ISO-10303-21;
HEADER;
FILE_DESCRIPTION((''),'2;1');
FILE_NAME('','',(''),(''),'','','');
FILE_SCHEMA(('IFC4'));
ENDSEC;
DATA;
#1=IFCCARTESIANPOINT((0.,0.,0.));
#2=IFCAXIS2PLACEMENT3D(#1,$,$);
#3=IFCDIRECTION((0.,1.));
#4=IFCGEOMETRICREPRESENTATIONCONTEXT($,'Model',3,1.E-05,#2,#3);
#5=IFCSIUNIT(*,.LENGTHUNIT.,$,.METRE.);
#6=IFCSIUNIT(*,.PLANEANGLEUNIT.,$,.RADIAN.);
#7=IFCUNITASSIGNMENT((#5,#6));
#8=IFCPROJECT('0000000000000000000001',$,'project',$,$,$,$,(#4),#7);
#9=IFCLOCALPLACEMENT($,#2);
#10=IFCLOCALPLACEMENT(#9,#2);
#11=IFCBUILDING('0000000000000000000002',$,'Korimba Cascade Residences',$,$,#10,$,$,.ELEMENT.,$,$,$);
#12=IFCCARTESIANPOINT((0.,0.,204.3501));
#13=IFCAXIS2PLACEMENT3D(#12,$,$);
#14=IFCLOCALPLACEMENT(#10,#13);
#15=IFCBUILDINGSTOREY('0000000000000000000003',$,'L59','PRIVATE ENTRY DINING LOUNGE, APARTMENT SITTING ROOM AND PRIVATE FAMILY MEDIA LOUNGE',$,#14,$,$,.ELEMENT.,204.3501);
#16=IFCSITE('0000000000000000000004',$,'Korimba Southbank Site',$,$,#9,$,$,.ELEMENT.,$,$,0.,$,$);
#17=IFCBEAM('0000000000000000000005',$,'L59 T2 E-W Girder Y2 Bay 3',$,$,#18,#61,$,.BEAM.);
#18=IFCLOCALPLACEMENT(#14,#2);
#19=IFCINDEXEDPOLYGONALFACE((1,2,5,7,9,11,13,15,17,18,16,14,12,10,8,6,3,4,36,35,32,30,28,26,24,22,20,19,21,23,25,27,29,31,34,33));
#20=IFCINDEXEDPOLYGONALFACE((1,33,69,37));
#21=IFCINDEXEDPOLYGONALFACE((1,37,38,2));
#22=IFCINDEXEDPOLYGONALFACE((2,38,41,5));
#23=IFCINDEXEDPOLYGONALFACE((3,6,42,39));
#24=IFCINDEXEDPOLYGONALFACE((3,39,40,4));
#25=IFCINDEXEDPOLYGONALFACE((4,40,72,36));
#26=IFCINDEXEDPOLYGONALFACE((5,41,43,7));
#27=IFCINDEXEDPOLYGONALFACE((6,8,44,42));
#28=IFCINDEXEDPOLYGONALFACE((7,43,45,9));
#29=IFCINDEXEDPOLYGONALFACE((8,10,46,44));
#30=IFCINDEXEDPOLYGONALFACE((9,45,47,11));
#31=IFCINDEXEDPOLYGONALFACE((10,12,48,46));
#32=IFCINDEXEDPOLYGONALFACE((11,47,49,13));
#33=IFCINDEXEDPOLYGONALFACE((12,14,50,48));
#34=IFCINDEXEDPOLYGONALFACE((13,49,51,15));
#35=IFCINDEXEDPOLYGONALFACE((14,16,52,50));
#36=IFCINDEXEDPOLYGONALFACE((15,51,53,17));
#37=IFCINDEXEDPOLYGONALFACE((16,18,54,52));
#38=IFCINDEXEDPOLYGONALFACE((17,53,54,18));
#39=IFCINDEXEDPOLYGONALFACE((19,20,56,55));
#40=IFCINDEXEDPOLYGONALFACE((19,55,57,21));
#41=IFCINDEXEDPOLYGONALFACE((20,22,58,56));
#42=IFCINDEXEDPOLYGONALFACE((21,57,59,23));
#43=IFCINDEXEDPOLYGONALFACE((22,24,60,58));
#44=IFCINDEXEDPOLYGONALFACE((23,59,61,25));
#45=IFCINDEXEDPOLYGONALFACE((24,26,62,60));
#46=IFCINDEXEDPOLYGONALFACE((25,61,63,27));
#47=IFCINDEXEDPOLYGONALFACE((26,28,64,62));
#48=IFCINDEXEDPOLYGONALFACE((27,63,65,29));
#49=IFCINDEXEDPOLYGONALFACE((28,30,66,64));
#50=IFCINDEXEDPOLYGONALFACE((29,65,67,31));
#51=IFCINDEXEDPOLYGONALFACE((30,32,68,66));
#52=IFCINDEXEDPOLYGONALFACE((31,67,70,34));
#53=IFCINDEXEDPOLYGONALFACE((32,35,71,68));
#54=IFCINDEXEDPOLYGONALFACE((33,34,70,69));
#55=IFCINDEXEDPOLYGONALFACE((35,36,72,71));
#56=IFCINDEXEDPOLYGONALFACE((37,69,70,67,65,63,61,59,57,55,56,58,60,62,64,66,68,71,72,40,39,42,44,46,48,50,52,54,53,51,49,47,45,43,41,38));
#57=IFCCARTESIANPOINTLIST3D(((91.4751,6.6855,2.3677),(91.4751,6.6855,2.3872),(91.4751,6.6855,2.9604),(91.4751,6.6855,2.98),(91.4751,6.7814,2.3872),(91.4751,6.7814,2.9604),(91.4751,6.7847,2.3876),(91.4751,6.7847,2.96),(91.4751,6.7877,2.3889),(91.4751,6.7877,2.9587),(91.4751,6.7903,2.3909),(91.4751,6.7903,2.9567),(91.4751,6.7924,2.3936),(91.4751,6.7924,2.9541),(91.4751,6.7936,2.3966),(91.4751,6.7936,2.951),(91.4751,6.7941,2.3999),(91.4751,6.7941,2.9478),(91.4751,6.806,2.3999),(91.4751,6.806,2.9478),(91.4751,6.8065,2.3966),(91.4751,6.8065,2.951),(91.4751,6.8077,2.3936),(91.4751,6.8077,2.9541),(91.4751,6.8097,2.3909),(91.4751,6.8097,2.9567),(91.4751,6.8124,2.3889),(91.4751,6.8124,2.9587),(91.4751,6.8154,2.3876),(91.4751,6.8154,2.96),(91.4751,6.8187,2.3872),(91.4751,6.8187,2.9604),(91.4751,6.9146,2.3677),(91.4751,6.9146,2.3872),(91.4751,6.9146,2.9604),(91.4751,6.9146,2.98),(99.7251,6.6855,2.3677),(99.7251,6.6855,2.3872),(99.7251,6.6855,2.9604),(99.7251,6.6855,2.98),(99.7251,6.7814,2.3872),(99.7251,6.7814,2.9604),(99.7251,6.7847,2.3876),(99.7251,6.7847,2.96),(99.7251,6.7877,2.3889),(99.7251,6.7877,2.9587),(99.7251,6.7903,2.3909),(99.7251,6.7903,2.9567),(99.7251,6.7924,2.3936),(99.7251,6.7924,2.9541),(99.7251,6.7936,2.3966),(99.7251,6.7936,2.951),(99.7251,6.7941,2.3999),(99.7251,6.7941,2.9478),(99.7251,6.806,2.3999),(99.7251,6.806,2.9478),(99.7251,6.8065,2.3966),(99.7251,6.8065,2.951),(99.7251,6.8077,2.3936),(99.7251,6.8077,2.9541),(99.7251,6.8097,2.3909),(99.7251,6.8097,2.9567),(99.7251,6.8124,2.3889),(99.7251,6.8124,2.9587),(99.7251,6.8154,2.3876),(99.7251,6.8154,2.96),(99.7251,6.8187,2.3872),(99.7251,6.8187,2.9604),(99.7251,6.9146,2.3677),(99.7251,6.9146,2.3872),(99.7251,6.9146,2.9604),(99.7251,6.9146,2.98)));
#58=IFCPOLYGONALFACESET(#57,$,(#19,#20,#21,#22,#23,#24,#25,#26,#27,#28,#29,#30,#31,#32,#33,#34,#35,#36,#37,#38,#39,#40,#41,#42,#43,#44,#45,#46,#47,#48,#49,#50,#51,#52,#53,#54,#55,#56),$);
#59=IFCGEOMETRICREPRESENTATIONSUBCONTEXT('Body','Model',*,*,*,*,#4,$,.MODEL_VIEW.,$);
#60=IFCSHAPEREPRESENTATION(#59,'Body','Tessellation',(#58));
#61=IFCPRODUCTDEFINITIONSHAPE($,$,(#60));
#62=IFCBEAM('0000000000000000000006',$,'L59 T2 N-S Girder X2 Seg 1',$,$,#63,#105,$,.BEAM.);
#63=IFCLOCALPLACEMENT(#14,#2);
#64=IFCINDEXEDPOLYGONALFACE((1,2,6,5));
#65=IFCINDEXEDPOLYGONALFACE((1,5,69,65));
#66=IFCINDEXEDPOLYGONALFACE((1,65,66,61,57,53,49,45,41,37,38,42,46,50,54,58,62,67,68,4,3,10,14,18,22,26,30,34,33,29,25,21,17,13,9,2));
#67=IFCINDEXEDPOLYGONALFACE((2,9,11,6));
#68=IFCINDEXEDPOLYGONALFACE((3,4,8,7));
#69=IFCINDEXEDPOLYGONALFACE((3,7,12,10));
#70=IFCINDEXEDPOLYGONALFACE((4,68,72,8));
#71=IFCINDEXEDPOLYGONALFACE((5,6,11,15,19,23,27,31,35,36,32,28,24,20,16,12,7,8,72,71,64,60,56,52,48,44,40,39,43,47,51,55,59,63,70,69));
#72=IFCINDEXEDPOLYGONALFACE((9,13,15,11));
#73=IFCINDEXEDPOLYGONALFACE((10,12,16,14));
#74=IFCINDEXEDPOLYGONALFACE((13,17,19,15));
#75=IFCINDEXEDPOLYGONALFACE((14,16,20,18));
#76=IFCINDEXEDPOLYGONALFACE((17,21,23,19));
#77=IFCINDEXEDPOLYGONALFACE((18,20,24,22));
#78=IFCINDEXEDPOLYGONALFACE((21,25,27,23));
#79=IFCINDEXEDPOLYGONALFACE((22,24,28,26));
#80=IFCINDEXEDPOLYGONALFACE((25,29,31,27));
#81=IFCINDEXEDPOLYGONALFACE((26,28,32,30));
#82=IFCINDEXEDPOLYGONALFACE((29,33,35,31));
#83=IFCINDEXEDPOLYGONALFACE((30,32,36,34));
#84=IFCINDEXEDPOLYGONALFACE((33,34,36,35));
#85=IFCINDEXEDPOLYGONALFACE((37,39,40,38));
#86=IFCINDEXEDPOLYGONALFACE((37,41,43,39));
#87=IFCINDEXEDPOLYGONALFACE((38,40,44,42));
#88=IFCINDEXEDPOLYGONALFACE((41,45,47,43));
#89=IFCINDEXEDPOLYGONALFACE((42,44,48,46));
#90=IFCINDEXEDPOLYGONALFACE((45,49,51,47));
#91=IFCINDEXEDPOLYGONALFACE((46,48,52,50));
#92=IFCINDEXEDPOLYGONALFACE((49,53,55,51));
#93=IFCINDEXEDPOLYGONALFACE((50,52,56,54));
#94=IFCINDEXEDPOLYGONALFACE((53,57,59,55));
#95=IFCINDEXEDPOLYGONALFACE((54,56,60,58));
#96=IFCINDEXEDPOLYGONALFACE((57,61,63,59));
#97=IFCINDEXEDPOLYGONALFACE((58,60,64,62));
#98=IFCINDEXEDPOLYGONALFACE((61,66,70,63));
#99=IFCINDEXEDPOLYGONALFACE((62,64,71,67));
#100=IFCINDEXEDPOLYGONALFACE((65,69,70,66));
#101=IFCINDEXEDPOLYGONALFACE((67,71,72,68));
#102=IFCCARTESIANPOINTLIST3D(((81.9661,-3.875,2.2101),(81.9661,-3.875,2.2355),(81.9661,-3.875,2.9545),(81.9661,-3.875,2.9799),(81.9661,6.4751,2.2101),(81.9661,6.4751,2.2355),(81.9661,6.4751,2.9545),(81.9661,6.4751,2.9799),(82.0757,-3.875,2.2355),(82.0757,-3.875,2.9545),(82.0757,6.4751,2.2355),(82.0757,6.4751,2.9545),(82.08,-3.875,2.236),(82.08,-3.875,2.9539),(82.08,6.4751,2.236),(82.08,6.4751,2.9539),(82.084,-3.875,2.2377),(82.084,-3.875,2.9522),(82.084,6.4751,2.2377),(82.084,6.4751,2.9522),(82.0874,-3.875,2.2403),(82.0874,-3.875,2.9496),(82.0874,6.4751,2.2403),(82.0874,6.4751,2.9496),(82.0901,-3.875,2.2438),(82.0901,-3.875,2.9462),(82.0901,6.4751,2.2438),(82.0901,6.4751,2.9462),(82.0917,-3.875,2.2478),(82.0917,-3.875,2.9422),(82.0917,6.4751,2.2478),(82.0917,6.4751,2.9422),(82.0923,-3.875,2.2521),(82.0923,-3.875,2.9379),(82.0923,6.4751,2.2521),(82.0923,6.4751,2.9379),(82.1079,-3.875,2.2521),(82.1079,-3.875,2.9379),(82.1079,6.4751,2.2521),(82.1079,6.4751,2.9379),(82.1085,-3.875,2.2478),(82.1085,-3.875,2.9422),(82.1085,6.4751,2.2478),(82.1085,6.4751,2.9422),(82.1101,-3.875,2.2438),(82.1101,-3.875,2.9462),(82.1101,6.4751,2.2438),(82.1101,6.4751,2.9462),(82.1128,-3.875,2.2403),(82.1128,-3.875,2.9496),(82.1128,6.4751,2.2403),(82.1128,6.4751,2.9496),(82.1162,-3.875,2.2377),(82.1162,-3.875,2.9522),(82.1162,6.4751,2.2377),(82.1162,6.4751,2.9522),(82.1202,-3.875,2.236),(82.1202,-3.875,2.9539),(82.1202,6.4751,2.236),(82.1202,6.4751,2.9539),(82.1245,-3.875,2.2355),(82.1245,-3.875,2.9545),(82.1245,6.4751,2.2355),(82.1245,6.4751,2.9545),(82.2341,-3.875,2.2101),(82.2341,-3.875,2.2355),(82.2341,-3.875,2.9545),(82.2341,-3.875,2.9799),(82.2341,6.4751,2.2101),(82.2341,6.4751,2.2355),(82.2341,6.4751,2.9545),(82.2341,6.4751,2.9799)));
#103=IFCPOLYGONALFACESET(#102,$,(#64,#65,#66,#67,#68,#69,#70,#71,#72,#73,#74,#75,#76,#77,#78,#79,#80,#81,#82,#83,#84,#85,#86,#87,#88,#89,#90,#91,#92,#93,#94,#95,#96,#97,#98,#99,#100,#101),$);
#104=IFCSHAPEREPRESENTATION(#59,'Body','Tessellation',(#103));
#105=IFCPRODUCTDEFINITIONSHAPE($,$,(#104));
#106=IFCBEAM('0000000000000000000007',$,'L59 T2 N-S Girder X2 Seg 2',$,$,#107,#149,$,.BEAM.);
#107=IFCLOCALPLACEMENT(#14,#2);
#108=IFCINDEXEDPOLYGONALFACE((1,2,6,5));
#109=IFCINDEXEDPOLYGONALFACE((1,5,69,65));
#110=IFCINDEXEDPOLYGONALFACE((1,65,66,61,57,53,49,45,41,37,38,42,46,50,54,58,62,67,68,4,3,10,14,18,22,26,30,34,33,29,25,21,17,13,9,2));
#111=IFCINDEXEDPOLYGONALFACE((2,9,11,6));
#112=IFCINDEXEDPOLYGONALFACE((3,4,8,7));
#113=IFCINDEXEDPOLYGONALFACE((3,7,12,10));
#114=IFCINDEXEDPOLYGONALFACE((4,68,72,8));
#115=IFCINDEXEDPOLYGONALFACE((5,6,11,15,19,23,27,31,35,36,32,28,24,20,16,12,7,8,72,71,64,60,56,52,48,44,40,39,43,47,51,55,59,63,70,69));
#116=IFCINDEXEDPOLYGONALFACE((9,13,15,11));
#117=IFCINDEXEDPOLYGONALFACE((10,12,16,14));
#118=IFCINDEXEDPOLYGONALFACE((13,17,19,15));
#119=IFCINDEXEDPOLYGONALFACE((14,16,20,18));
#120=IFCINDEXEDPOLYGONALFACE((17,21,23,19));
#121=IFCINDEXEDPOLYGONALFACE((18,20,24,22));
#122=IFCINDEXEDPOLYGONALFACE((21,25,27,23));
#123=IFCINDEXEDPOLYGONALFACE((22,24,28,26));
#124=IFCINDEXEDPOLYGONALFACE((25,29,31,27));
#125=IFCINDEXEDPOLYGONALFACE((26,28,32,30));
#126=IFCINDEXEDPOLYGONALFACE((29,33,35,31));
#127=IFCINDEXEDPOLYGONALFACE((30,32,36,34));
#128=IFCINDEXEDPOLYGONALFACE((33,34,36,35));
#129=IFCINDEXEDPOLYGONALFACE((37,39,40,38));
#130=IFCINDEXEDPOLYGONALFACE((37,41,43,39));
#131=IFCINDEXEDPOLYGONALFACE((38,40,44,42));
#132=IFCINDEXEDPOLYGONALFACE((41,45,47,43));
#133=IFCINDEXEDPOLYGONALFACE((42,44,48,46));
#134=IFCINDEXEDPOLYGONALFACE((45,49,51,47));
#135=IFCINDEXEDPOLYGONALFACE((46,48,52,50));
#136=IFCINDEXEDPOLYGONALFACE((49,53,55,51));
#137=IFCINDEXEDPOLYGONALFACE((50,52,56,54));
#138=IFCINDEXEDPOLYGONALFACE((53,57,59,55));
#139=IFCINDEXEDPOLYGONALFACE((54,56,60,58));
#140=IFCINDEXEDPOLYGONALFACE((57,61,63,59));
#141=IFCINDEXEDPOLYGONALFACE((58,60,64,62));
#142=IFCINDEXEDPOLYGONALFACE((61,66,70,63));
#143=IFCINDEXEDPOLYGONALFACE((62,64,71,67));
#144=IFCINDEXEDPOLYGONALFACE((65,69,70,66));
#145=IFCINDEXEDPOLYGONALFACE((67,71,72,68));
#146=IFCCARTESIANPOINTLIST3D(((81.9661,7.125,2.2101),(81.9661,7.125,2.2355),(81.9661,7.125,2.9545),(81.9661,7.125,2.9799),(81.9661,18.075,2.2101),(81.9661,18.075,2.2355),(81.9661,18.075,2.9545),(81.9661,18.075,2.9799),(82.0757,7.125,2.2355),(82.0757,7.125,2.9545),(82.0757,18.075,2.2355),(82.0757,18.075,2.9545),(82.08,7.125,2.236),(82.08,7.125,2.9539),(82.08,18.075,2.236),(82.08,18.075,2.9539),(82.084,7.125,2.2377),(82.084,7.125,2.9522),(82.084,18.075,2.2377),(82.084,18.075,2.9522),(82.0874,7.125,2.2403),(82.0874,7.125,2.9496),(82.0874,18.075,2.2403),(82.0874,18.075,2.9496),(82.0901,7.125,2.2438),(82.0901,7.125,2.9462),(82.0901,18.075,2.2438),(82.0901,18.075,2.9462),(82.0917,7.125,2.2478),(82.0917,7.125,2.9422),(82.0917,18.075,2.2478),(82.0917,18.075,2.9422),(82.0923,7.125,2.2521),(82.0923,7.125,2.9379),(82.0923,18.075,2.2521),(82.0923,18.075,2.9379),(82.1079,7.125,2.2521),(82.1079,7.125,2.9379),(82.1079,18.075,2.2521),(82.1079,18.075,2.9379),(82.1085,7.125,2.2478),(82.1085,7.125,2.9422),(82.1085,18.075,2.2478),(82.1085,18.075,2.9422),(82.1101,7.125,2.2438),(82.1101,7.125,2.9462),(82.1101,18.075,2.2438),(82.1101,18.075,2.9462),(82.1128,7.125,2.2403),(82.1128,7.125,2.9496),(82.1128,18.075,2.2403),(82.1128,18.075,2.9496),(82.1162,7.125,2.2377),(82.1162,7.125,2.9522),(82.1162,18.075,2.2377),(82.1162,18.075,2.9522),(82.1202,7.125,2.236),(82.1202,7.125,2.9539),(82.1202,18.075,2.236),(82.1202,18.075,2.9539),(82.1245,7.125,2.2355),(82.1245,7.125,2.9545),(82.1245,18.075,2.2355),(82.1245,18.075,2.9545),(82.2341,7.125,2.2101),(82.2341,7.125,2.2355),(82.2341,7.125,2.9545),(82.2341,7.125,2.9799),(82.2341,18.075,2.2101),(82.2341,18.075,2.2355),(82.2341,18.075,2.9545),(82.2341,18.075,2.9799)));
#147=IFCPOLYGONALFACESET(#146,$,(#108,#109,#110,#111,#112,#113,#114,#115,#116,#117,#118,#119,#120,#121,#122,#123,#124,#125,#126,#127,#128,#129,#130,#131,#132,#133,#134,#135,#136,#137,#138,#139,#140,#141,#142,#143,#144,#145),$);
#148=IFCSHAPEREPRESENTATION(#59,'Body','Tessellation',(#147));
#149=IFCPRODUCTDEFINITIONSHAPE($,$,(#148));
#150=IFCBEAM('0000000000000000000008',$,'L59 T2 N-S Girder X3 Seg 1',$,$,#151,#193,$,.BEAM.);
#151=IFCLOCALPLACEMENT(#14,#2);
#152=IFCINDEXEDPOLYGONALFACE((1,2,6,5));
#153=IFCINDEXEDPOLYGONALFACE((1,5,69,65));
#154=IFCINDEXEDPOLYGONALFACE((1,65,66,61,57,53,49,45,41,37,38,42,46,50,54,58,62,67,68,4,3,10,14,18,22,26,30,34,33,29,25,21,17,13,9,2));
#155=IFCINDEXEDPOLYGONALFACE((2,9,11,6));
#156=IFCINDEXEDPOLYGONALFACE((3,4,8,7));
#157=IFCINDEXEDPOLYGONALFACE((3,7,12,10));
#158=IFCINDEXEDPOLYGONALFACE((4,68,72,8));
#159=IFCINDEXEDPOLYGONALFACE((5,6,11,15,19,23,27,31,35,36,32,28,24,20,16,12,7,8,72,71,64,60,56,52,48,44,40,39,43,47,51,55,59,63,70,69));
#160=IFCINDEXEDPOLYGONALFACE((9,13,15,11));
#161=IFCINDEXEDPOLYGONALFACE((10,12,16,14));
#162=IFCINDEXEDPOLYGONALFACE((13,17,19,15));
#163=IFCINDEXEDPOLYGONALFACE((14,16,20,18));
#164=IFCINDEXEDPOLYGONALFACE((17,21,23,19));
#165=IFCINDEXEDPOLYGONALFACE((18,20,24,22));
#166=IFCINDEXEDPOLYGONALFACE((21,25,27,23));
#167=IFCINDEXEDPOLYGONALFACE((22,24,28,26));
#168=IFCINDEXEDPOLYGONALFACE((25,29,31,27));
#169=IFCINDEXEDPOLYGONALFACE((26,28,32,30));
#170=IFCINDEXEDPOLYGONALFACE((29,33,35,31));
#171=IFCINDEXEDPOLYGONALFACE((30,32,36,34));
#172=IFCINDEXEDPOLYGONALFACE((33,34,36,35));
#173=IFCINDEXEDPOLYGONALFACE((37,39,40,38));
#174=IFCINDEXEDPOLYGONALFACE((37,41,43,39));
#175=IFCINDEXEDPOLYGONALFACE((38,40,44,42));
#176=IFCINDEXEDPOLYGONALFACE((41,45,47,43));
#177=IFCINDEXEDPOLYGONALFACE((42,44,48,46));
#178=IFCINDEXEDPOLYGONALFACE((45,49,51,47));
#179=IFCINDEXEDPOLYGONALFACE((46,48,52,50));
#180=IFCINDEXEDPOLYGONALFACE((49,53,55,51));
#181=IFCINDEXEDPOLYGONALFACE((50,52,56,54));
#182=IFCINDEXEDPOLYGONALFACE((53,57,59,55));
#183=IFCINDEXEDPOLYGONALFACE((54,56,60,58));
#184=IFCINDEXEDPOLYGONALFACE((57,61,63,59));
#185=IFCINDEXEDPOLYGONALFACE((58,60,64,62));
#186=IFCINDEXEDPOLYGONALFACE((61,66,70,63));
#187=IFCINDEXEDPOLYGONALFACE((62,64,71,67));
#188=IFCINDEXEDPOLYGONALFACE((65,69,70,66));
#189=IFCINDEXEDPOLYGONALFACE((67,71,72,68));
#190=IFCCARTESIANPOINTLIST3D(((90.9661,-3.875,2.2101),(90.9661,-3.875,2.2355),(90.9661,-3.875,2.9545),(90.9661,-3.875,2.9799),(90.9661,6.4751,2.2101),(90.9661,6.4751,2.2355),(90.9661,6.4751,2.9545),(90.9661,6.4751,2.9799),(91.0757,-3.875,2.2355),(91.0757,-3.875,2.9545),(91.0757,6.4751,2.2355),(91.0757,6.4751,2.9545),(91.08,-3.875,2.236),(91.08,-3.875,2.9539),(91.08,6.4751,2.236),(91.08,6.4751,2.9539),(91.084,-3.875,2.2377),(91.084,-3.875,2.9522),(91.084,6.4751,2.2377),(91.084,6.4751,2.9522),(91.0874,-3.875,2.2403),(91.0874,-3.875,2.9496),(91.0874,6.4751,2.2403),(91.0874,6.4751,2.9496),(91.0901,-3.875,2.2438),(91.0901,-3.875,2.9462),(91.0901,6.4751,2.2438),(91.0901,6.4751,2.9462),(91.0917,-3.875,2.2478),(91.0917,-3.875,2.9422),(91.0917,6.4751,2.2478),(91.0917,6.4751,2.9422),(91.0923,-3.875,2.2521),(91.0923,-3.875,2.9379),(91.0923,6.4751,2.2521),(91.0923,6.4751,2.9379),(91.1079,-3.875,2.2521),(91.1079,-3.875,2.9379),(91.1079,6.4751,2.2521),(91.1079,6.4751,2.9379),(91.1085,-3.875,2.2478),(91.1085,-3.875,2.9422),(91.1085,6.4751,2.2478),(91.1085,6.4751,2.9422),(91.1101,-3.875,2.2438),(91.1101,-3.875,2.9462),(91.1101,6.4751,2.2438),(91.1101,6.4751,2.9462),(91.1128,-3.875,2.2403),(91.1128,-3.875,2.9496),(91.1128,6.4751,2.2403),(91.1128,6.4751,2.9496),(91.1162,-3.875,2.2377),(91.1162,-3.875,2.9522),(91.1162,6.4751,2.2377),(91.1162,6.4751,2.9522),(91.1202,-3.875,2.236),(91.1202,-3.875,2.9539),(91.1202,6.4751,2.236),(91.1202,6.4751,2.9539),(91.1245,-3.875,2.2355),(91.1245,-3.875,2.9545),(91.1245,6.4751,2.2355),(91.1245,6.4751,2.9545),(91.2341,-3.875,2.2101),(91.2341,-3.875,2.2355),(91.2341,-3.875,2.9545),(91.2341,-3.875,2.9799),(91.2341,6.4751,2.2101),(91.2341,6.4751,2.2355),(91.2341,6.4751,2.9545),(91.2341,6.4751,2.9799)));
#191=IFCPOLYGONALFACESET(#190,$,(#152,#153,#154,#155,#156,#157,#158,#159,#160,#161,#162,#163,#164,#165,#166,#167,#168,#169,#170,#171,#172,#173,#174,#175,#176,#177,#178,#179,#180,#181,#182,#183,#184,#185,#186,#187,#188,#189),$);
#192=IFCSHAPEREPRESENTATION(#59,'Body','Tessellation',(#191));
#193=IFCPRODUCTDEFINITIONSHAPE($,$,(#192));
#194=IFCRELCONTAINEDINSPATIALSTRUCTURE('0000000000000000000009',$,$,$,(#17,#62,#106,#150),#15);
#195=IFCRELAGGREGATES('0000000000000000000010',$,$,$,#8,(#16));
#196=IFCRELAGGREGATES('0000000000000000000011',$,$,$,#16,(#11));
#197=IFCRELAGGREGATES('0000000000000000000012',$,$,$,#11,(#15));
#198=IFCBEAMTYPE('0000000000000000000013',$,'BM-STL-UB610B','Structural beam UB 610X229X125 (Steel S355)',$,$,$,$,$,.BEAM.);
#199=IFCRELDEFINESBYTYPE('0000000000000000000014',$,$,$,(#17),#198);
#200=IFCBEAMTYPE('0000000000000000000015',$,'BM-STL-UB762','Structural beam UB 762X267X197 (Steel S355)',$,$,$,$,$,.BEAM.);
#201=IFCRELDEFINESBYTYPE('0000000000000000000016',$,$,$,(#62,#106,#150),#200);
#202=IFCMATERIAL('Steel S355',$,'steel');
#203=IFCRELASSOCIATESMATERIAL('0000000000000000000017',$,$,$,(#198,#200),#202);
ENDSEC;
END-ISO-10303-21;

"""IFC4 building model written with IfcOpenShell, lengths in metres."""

from ifc_helpers import new_model, si_unit, direction, frame, origin, origin_2d, place, context, subcontext, project, spatial, i_section, extrude, material, material_profile, profile_set, type_object, element, save


model = new_model("IFC4")

# Units and contexts
model_context = context("Model", 3, precision=1e-05, world=origin(), true_north=direction((0.0, 1.0)))
body_context = subcontext(model_context, "Body", "Model", "MODEL_VIEW")
ifc_project = project(units=[si_unit("LENGTHUNIT", "METRE"), si_unit("PLANEANGLEUNIT", "RADIAN")], contexts=[model_context])

# Site, building, storey
site_placement = place(None, origin())
site = spatial("IfcSite", under=ifc_project, at=site_placement, Name="Korimba Southbank Site", CompositionType="ELEMENT", RefElevation=0.0)
building_placement = place(site_placement, origin())
building = spatial("IfcBuilding", under=site, at=building_placement, Name="Korimba Cascade Residences", CompositionType="ELEMENT")
storey_placement = place(building_placement, frame((0.0, 0.0, 204.3501)))
storey = spatial("IfcBuildingStorey", under=building, at=storey_placement, Name="L59", Description="PRIVATE ENTRY DINING LOUNGE, APARTMENT SITTING ROOM AND PRIVATE FAMILY MEDIA LOUNGE", CompositionType="ELEMENT", Elevation=204.3501)

# Beams
ifc_material_1 = material(Name="Steel S355", Category="steel")
ifc_material_profile_1 = material_profile(ifc_material_1, i_section(OverallWidth=0.229, OverallDepth=0.6123, WebThickness=0.012, FlangeThickness=0.0195, FilletRadius=0.0127, at=origin_2d()), Name="Steel S355")
ifc_profile_set_1 = profile_set([ifc_material_profile_1], Name="Steel S355")
beam_type_1 = type_object("IfcBeamType", Name="BM-STL-UB610B", Description="Structural beam UB 610X229X125 (Steel S355)", PredefinedType="BEAM", material=ifc_profile_set_1)
for number, where, z_axis, x_axis, name in (
    (1, (91.4751, 6.8, 2.6738), (1.0, 0.0, 0.0), (0.0, 1.0, 0.0), "L59 T2 E-W Girder Y2 Bay 3"),
):
    element("IfcBeam", number, at=place(storey_placement, frame(where, z_axis=z_axis, x_axis=x_axis)), inside=storey, type_object=beam_type_1, Name=name, PredefinedType="BEAM", context=body_context, shape_type="SweptSolid", body=[
        extrude(i_section(OverallWidth=0.229, OverallDepth=0.6123, WebThickness=0.012, FlangeThickness=0.0195, FilletRadius=0.0127, at=origin_2d()), origin(), (0.0, 0.0, 1.0), 8.25),
    ])
ifc_material_profile_2 = material_profile(ifc_material_1, i_section(OverallWidth=0.2681, OverallDepth=0.7698, WebThickness=0.0156, FlangeThickness=0.0254, FilletRadius=0.0166, at=origin_2d()), Name="Steel S355")
ifc_profile_set_2 = profile_set([ifc_material_profile_2], Name="Steel S355")
beam_type_2 = type_object("IfcBeamType", Name="BM-STL-UB762", Description="Structural beam UB 762X267X197 (Steel S355)", PredefinedType="BEAM", material=ifc_profile_set_2)
beam_1_placement = place(storey_placement, frame((82.1001, -3.875, 2.595), z_axis=(0.0, 1.0, 0.0), x_axis=(-1.0, 0.0, 0.0)))
element("IfcBeam", 2, at=beam_1_placement, inside=storey, type_object=beam_type_2, Name="L59 T2 N-S Girder X2 Seg 1", PredefinedType="BEAM", context=body_context, shape_type="SweptSolid", body=[
    extrude(i_section(OverallWidth=0.2681, OverallDepth=0.7698, WebThickness=0.0156, FlangeThickness=0.0254, FilletRadius=0.0166, at=origin_2d()), origin(), (0.0, 0.0, 1.0), 10.3501),
])
beam_2_placement = place(storey_placement, frame((82.1001, 7.125, 2.595), z_axis=(0.0, 1.0, 0.0), x_axis=(-1.0, 0.0, 0.0)))
element("IfcBeam", 3, at=beam_2_placement, inside=storey, type_object=beam_type_2, Name="L59 T2 N-S Girder X2 Seg 2", PredefinedType="BEAM", context=body_context, shape_type="SweptSolid", body=[
    extrude(i_section(OverallWidth=0.2681, OverallDepth=0.7698, WebThickness=0.0156, FlangeThickness=0.0254, FilletRadius=0.0166, at=origin_2d()), origin(), (0.0, 0.0, 1.0), 10.95),
])
beam_3_placement = place(storey_placement, frame((91.1001, -3.875, 2.595), z_axis=(0.0, 1.0, 0.0), x_axis=(-1.0, 0.0, 0.0)))
element("IfcBeam", 4, at=beam_3_placement, inside=storey, type_object=beam_type_2, Name="L59 T2 N-S Girder X3 Seg 1", PredefinedType="BEAM", context=body_context, shape_type="SweptSolid", body=[
    extrude(i_section(OverallWidth=0.2681, OverallDepth=0.7698, WebThickness=0.0156, FlangeThickness=0.0254, FilletRadius=0.0166, at=origin_2d()), origin(), (0.0, 0.0, 1.0), 10.3501),
])

save(model, "model.ifc")
